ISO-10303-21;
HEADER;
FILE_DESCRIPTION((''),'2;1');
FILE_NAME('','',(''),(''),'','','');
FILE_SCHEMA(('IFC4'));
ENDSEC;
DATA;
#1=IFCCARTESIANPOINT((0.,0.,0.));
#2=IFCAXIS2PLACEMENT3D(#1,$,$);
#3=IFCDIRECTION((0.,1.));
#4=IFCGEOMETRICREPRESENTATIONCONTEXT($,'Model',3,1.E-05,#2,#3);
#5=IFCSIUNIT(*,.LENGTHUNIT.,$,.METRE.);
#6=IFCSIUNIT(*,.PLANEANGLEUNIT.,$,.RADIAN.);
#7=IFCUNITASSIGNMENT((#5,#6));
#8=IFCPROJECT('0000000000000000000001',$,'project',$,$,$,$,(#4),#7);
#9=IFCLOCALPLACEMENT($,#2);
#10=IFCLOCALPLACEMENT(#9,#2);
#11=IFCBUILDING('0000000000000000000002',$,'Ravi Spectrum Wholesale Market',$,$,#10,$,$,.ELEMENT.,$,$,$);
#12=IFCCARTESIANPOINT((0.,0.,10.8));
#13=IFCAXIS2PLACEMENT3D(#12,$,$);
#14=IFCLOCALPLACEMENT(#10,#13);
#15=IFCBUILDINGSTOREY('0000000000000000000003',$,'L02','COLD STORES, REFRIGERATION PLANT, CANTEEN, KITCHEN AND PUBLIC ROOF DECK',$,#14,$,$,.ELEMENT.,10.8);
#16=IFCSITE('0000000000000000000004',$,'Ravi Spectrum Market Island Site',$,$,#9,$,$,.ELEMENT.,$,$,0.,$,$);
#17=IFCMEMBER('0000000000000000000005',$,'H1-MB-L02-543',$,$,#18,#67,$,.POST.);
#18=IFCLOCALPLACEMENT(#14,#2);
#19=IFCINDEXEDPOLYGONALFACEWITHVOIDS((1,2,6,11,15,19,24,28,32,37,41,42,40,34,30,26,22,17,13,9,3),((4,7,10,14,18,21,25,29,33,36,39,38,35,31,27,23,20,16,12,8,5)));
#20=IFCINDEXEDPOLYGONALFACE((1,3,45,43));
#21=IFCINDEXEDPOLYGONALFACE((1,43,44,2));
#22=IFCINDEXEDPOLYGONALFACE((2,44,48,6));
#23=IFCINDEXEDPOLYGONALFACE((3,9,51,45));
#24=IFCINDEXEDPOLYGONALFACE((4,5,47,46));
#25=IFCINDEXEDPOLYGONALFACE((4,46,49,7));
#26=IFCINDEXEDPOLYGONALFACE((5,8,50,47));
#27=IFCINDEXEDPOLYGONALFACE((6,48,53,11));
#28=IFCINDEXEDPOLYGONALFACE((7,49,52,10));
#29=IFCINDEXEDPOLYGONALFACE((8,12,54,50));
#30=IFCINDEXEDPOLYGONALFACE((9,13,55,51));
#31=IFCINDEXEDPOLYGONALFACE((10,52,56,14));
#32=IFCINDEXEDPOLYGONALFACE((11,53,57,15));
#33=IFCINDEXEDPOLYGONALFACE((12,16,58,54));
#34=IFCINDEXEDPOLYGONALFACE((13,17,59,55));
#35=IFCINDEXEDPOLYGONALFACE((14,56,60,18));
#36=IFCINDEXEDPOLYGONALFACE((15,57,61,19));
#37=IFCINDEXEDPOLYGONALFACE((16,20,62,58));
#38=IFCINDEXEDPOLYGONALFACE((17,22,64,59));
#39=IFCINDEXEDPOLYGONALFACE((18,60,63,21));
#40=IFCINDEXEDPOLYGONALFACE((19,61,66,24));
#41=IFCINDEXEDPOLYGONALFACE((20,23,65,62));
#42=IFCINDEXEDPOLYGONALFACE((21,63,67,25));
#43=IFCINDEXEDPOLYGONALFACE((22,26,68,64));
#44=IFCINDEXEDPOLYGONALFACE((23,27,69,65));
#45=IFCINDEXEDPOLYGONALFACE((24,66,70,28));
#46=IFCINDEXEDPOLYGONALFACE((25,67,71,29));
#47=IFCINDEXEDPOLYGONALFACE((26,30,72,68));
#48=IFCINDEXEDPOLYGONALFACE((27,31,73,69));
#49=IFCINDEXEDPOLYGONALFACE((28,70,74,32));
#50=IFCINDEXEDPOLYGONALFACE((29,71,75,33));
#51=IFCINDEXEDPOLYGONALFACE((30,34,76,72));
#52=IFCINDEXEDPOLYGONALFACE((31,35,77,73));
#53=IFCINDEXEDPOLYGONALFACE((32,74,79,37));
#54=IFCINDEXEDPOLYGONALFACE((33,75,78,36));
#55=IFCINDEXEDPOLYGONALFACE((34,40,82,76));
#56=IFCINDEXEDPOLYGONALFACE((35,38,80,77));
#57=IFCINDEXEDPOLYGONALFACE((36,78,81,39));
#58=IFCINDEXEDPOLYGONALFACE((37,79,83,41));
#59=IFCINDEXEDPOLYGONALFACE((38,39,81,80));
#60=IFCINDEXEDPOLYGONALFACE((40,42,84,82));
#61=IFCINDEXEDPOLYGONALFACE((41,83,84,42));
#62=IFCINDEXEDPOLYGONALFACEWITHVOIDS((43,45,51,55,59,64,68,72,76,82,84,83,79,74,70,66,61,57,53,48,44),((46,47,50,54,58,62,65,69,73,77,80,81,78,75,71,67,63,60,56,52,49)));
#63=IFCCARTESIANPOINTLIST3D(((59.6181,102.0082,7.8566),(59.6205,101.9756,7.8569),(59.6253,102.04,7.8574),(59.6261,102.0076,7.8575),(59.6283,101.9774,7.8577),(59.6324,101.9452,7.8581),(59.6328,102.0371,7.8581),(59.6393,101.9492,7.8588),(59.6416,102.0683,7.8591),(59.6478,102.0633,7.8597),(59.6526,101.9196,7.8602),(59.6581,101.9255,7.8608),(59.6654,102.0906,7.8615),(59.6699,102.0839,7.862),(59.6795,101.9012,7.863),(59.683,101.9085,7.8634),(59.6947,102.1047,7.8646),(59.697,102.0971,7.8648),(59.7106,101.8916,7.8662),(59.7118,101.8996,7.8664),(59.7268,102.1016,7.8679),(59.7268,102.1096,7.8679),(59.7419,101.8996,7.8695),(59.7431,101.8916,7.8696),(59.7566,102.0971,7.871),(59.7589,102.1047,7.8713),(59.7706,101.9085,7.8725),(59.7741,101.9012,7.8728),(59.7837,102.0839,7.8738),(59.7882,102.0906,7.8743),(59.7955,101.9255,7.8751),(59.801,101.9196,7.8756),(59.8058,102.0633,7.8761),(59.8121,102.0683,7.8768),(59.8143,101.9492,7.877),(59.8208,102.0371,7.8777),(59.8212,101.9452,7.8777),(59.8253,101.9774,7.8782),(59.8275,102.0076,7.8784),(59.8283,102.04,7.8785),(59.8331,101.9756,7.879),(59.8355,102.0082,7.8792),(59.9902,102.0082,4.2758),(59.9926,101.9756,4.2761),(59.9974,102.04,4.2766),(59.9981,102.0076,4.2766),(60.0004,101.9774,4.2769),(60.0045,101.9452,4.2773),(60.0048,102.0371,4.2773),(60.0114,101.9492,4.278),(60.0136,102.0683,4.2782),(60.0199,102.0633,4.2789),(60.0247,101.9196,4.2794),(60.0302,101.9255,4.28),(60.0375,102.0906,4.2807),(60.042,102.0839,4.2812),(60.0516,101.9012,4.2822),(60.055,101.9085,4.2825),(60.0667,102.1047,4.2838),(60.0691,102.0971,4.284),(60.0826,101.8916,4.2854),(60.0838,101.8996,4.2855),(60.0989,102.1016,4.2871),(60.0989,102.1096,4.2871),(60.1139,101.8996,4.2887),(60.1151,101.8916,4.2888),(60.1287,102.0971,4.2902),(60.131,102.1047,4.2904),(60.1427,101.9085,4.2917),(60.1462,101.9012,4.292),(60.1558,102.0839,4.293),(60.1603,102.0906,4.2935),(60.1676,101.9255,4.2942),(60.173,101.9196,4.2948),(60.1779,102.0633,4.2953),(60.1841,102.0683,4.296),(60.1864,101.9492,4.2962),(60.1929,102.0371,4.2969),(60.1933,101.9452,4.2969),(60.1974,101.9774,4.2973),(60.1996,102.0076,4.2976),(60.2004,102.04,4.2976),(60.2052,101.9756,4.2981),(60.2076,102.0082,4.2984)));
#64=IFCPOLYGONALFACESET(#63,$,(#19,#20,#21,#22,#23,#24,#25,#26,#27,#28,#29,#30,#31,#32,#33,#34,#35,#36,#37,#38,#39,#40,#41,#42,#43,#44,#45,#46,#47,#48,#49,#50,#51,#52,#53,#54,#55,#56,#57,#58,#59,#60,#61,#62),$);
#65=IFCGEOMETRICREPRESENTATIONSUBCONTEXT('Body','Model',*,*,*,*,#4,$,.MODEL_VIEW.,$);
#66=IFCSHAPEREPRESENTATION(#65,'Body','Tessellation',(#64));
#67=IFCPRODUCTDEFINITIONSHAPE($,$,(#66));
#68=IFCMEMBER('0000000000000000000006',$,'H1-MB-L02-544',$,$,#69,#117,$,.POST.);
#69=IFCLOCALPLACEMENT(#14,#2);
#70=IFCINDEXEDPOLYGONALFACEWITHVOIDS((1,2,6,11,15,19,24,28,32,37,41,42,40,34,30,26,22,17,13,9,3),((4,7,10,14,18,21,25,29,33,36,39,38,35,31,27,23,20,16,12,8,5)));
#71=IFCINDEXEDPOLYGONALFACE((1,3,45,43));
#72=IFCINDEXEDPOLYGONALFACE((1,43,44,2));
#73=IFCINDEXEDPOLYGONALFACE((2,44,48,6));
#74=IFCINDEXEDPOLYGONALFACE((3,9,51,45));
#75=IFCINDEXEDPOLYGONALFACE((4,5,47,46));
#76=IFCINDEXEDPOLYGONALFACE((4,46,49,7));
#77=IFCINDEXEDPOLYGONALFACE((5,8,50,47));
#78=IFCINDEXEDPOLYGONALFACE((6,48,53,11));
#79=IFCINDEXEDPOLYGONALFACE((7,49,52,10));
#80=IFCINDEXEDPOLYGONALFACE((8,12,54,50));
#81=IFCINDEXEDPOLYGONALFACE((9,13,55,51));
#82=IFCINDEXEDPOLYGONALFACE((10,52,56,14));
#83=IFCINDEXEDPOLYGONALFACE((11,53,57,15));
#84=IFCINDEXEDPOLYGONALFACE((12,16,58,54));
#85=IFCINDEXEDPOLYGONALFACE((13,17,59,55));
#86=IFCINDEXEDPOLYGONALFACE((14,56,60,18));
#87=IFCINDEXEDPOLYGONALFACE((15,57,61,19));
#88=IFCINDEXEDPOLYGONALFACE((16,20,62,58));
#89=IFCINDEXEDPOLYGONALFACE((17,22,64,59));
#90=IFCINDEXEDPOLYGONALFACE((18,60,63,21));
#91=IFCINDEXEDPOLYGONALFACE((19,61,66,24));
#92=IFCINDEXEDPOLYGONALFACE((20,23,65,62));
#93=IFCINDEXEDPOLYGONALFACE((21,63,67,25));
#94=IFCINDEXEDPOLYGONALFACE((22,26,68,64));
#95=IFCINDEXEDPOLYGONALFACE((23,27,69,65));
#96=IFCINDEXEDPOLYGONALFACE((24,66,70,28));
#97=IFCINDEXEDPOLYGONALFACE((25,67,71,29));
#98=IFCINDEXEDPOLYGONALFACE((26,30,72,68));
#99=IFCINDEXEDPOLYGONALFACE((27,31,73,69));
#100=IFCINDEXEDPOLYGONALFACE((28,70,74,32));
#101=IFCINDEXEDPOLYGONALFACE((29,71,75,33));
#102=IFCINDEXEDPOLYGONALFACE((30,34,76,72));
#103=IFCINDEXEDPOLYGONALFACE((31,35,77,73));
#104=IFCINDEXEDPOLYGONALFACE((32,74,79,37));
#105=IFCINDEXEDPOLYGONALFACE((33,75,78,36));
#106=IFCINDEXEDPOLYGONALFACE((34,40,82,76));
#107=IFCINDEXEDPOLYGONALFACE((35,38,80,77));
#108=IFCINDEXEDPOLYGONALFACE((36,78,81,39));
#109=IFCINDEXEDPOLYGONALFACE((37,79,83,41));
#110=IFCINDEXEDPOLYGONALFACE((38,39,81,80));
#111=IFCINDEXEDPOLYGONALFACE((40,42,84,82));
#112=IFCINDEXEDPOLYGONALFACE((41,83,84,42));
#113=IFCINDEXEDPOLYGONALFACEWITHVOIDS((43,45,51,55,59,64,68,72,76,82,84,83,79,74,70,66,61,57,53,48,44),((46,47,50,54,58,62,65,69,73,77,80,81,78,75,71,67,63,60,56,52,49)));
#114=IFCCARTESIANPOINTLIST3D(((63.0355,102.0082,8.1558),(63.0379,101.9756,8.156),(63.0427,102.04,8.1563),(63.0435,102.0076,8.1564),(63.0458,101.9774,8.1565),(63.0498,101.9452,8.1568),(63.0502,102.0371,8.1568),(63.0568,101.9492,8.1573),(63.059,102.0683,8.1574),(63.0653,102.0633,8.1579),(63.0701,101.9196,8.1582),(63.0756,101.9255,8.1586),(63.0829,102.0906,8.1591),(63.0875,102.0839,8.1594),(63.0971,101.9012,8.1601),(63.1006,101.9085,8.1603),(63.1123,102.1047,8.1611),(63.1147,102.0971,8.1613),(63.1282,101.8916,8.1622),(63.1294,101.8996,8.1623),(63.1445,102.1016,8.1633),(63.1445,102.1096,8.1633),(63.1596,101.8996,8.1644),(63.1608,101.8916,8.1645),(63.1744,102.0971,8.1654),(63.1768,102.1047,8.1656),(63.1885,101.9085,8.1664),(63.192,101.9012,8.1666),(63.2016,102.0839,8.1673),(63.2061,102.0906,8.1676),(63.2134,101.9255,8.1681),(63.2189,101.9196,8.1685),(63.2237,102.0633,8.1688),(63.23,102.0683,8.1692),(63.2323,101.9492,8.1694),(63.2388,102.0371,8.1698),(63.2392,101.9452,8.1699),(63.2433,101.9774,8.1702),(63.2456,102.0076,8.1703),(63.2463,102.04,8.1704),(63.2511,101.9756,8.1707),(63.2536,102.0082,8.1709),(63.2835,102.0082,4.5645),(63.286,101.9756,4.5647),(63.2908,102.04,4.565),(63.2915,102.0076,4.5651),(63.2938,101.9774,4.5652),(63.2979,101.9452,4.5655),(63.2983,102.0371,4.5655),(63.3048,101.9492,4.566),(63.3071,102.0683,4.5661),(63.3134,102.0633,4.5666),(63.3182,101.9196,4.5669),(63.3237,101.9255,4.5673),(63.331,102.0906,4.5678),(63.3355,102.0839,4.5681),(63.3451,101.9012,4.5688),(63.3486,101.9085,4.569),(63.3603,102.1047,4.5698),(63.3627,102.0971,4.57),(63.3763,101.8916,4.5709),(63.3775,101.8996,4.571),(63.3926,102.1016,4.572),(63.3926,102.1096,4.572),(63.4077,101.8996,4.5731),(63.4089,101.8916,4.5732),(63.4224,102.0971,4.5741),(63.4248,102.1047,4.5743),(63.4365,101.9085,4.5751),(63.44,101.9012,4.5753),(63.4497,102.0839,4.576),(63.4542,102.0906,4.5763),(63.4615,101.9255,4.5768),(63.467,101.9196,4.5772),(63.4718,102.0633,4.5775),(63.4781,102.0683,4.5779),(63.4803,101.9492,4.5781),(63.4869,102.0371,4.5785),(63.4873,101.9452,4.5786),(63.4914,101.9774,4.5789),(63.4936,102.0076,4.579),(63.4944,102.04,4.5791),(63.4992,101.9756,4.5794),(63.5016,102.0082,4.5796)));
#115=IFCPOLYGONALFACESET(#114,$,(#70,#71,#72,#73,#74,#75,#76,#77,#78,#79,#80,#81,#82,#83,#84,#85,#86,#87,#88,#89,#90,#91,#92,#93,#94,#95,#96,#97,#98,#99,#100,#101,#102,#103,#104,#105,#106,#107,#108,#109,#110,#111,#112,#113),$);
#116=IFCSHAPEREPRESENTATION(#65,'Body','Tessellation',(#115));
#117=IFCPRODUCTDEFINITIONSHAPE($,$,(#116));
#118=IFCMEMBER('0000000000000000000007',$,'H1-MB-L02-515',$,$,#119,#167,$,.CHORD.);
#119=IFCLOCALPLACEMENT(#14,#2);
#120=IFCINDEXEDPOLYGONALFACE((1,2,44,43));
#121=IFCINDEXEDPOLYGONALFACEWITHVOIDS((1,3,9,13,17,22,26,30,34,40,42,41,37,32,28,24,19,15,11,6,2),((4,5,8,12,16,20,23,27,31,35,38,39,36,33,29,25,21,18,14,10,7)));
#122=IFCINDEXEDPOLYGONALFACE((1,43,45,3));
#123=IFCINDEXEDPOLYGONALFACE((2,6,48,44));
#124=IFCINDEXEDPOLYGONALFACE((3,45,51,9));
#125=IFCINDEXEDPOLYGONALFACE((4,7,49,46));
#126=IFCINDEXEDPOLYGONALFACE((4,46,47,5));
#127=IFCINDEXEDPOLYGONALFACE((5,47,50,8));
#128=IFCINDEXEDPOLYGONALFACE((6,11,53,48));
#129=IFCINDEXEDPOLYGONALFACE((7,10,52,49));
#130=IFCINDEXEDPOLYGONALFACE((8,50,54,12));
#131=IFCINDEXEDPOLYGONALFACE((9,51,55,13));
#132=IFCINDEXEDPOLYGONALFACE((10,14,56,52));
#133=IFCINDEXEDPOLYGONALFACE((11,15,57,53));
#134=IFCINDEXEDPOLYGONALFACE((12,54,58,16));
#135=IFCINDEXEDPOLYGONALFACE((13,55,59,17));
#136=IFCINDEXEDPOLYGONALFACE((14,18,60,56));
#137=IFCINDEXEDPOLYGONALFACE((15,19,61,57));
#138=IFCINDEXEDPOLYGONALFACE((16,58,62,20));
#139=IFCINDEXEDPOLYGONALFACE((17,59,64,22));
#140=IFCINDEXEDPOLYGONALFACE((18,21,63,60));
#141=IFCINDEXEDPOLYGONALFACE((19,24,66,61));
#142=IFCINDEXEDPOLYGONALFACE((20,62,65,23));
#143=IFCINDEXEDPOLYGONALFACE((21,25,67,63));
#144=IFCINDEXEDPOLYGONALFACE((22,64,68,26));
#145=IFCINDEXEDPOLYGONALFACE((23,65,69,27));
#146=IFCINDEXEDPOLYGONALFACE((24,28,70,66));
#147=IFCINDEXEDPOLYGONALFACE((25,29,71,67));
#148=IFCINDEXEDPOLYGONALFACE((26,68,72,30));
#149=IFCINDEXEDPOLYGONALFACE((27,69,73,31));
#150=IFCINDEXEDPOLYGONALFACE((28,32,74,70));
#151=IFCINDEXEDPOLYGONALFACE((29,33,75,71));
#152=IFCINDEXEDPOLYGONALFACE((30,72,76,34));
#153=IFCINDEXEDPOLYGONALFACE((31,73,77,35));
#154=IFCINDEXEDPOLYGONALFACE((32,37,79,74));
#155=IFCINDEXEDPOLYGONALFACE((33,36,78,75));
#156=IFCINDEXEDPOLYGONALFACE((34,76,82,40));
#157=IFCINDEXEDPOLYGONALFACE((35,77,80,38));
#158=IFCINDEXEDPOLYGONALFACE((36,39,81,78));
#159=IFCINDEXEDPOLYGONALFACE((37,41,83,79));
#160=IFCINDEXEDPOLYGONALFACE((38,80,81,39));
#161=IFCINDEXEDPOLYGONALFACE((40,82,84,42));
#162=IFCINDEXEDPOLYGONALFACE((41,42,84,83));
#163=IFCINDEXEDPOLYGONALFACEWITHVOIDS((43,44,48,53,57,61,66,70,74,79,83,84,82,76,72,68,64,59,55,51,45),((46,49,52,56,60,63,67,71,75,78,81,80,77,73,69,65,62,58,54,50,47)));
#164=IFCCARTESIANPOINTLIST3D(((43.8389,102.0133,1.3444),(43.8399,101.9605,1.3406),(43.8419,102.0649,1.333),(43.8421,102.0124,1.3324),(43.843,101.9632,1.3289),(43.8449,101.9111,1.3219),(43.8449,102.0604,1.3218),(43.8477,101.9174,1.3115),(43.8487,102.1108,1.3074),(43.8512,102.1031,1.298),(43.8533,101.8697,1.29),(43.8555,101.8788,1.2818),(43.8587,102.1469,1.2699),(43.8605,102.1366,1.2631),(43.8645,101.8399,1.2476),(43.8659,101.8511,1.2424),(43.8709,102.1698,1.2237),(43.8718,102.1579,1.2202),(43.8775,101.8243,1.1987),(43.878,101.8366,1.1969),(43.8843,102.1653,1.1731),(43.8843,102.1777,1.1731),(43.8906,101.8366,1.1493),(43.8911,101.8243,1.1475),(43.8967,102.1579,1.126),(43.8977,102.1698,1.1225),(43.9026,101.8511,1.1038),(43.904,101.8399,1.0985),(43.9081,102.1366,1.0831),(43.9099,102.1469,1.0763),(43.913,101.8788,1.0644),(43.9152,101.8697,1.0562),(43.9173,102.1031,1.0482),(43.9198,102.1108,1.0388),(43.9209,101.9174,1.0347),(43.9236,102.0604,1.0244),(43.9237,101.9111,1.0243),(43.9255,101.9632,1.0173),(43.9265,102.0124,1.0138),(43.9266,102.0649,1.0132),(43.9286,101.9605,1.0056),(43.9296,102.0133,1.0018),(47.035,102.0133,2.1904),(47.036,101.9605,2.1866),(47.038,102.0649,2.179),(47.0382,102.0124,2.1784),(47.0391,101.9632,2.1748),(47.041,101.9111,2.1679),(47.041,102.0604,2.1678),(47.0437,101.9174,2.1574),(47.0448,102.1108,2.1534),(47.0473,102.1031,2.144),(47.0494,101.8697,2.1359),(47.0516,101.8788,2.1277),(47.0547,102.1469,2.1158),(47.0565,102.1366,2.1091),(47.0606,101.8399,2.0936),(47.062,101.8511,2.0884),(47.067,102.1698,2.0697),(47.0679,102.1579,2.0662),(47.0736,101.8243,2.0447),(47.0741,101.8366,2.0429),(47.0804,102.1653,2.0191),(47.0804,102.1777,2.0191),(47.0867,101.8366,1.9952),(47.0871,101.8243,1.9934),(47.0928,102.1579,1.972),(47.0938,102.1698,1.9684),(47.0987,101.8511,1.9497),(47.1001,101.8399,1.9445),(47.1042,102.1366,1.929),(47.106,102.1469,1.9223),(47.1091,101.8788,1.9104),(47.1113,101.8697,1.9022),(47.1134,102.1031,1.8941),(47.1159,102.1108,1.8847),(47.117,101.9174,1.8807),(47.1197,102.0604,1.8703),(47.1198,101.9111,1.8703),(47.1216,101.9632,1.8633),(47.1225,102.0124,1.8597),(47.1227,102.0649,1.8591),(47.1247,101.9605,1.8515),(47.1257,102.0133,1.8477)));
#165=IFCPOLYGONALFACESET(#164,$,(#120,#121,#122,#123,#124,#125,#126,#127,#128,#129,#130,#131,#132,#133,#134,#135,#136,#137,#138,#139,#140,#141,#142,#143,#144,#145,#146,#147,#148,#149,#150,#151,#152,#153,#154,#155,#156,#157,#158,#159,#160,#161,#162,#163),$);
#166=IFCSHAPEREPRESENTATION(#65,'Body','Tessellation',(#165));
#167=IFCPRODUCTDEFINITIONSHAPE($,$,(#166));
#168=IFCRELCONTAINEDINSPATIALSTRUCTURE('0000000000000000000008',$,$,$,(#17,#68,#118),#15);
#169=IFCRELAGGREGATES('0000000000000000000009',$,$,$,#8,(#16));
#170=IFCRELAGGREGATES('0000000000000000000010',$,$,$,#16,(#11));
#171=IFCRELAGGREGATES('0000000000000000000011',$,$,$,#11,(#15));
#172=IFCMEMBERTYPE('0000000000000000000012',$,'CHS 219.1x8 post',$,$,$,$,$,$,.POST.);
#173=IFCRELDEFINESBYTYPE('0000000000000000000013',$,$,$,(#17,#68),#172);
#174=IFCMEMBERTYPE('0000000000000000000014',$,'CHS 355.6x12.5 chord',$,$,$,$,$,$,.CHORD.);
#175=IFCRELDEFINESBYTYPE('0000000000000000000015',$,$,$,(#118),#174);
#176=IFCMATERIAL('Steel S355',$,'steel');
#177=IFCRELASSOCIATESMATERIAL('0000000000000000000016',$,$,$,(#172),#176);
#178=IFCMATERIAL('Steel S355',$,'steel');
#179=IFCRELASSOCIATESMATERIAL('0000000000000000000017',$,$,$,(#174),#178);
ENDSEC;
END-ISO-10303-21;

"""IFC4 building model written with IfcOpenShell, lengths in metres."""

from ifc_helpers import new_model, si_unit, direction, frame, origin, origin_2d, place, context, subcontext, project, spatial, hollow_circle, extrude, material, material_profile, profile_set, type_object, element, save


model = new_model("IFC4")

# Units and contexts
model_context = context("Model", 3, precision=1e-05, world=origin(), true_north=direction((0.0, 1.0)))
body_context = subcontext(model_context, "Body", "Model", "MODEL_VIEW")
ifc_project = project(units=[si_unit("LENGTHUNIT", "METRE"), si_unit("PLANEANGLEUNIT", "RADIAN")], contexts=[model_context])

# Site, building, storey
site_placement = place(None, origin())
site = spatial("IfcSite", under=ifc_project, at=site_placement, Name="Ravi Spectrum Market Island Site", CompositionType="ELEMENT", RefElevation=0.0)
building_placement = place(site_placement, origin())
building = spatial("IfcBuilding", under=site, at=building_placement, Name="Ravi Spectrum Wholesale Market", CompositionType="ELEMENT")
storey_placement = place(building_placement, frame((0.0, 0.0, 10.8)))
storey = spatial("IfcBuildingStorey", under=building, at=storey_placement, Name="L02", Description="COLD STORES, REFRIGERATION PLANT, CANTEEN, KITCHEN AND PUBLIC ROOF DECK", CompositionType="ELEMENT", Elevation=10.8)

# Members
ifc_material_1 = material(Name="Steel S355", Category="steel")
ifc_material_profile_1 = material_profile(ifc_material_1, hollow_circle(Radius=0.1096, WallThickness=0.0081, at=origin_2d()))
ifc_profile_set_1 = profile_set([ifc_material_profile_1], Name="Steel S355")
member_type_1 = type_object("IfcMemberType", Name="CHS 219.1x8 post", PredefinedType="POST", material=ifc_profile_set_1)
member_1_placement = place(storey_placement, frame((59.7268, 102.0, 7.8679), z_axis=(0.10335, 0.0, -0.994645), x_axis=(0.0, 1.0, 0.0)))
element("IfcMember", 1, at=member_1_placement, inside=storey, type_object=member_type_1, Name="H1-MB-L02-543", PredefinedType="POST", context=body_context, shape_type="SweptSolid", body=[
    extrude(hollow_circle(Radius=0.1096, WallThickness=0.0081, at=origin_2d()), origin(), (0.0, 0.0, 1.0), 3.6001),
])
member_2_placement = place(storey_placement, frame((63.1445, 102.0, 8.1633), z_axis=(0.068905, 0.0, -0.997623), x_axis=(0.0, 1.0, 0.0)))
element("IfcMember", 2, at=member_2_placement, inside=storey, type_object=member_type_1, Name="H1-MB-L02-544", PredefinedType="POST", context=body_context, shape_type="SweptSolid", body=[
    extrude(hollow_circle(Radius=0.1096, WallThickness=0.0081, at=origin_2d()), origin(), (0.0, 0.0, 1.0), 3.5999),
])
ifc_material_2 = material(Name="Steel S355", Category="steel")
ifc_material_profile_2 = material_profile(ifc_material_2, hollow_circle(Radius=0.1777, WallThickness=0.0125, at=origin_2d()))
ifc_profile_set_2 = profile_set([ifc_material_profile_2], Name="Steel S355")
member_type_2 = type_object("IfcMemberType", Name="CHS 355.6x12.5 chord", PredefinedType="CHORD", material=ifc_profile_set_2)
for number, where, z_axis, x_axis, name in (
    (3, (43.8843, 102.0, 1.1731), (0.96671, 0.0, 0.255874), (0.0, 1.0, 0.0), "H1-MB-L02-515"),
):
    element("IfcMember", number, at=place(storey_placement, frame(where, z_axis=z_axis, x_axis=x_axis)), inside=storey, type_object=member_type_2, Name=name, PredefinedType="CHORD", context=body_context, shape_type="SweptSolid", body=[
        extrude(hollow_circle(Radius=0.1777, WallThickness=0.0125, at=origin_2d()), origin(), (0.0, 0.0, 1.0), 3.3062),
    ])

save(model, "model.ifc")
